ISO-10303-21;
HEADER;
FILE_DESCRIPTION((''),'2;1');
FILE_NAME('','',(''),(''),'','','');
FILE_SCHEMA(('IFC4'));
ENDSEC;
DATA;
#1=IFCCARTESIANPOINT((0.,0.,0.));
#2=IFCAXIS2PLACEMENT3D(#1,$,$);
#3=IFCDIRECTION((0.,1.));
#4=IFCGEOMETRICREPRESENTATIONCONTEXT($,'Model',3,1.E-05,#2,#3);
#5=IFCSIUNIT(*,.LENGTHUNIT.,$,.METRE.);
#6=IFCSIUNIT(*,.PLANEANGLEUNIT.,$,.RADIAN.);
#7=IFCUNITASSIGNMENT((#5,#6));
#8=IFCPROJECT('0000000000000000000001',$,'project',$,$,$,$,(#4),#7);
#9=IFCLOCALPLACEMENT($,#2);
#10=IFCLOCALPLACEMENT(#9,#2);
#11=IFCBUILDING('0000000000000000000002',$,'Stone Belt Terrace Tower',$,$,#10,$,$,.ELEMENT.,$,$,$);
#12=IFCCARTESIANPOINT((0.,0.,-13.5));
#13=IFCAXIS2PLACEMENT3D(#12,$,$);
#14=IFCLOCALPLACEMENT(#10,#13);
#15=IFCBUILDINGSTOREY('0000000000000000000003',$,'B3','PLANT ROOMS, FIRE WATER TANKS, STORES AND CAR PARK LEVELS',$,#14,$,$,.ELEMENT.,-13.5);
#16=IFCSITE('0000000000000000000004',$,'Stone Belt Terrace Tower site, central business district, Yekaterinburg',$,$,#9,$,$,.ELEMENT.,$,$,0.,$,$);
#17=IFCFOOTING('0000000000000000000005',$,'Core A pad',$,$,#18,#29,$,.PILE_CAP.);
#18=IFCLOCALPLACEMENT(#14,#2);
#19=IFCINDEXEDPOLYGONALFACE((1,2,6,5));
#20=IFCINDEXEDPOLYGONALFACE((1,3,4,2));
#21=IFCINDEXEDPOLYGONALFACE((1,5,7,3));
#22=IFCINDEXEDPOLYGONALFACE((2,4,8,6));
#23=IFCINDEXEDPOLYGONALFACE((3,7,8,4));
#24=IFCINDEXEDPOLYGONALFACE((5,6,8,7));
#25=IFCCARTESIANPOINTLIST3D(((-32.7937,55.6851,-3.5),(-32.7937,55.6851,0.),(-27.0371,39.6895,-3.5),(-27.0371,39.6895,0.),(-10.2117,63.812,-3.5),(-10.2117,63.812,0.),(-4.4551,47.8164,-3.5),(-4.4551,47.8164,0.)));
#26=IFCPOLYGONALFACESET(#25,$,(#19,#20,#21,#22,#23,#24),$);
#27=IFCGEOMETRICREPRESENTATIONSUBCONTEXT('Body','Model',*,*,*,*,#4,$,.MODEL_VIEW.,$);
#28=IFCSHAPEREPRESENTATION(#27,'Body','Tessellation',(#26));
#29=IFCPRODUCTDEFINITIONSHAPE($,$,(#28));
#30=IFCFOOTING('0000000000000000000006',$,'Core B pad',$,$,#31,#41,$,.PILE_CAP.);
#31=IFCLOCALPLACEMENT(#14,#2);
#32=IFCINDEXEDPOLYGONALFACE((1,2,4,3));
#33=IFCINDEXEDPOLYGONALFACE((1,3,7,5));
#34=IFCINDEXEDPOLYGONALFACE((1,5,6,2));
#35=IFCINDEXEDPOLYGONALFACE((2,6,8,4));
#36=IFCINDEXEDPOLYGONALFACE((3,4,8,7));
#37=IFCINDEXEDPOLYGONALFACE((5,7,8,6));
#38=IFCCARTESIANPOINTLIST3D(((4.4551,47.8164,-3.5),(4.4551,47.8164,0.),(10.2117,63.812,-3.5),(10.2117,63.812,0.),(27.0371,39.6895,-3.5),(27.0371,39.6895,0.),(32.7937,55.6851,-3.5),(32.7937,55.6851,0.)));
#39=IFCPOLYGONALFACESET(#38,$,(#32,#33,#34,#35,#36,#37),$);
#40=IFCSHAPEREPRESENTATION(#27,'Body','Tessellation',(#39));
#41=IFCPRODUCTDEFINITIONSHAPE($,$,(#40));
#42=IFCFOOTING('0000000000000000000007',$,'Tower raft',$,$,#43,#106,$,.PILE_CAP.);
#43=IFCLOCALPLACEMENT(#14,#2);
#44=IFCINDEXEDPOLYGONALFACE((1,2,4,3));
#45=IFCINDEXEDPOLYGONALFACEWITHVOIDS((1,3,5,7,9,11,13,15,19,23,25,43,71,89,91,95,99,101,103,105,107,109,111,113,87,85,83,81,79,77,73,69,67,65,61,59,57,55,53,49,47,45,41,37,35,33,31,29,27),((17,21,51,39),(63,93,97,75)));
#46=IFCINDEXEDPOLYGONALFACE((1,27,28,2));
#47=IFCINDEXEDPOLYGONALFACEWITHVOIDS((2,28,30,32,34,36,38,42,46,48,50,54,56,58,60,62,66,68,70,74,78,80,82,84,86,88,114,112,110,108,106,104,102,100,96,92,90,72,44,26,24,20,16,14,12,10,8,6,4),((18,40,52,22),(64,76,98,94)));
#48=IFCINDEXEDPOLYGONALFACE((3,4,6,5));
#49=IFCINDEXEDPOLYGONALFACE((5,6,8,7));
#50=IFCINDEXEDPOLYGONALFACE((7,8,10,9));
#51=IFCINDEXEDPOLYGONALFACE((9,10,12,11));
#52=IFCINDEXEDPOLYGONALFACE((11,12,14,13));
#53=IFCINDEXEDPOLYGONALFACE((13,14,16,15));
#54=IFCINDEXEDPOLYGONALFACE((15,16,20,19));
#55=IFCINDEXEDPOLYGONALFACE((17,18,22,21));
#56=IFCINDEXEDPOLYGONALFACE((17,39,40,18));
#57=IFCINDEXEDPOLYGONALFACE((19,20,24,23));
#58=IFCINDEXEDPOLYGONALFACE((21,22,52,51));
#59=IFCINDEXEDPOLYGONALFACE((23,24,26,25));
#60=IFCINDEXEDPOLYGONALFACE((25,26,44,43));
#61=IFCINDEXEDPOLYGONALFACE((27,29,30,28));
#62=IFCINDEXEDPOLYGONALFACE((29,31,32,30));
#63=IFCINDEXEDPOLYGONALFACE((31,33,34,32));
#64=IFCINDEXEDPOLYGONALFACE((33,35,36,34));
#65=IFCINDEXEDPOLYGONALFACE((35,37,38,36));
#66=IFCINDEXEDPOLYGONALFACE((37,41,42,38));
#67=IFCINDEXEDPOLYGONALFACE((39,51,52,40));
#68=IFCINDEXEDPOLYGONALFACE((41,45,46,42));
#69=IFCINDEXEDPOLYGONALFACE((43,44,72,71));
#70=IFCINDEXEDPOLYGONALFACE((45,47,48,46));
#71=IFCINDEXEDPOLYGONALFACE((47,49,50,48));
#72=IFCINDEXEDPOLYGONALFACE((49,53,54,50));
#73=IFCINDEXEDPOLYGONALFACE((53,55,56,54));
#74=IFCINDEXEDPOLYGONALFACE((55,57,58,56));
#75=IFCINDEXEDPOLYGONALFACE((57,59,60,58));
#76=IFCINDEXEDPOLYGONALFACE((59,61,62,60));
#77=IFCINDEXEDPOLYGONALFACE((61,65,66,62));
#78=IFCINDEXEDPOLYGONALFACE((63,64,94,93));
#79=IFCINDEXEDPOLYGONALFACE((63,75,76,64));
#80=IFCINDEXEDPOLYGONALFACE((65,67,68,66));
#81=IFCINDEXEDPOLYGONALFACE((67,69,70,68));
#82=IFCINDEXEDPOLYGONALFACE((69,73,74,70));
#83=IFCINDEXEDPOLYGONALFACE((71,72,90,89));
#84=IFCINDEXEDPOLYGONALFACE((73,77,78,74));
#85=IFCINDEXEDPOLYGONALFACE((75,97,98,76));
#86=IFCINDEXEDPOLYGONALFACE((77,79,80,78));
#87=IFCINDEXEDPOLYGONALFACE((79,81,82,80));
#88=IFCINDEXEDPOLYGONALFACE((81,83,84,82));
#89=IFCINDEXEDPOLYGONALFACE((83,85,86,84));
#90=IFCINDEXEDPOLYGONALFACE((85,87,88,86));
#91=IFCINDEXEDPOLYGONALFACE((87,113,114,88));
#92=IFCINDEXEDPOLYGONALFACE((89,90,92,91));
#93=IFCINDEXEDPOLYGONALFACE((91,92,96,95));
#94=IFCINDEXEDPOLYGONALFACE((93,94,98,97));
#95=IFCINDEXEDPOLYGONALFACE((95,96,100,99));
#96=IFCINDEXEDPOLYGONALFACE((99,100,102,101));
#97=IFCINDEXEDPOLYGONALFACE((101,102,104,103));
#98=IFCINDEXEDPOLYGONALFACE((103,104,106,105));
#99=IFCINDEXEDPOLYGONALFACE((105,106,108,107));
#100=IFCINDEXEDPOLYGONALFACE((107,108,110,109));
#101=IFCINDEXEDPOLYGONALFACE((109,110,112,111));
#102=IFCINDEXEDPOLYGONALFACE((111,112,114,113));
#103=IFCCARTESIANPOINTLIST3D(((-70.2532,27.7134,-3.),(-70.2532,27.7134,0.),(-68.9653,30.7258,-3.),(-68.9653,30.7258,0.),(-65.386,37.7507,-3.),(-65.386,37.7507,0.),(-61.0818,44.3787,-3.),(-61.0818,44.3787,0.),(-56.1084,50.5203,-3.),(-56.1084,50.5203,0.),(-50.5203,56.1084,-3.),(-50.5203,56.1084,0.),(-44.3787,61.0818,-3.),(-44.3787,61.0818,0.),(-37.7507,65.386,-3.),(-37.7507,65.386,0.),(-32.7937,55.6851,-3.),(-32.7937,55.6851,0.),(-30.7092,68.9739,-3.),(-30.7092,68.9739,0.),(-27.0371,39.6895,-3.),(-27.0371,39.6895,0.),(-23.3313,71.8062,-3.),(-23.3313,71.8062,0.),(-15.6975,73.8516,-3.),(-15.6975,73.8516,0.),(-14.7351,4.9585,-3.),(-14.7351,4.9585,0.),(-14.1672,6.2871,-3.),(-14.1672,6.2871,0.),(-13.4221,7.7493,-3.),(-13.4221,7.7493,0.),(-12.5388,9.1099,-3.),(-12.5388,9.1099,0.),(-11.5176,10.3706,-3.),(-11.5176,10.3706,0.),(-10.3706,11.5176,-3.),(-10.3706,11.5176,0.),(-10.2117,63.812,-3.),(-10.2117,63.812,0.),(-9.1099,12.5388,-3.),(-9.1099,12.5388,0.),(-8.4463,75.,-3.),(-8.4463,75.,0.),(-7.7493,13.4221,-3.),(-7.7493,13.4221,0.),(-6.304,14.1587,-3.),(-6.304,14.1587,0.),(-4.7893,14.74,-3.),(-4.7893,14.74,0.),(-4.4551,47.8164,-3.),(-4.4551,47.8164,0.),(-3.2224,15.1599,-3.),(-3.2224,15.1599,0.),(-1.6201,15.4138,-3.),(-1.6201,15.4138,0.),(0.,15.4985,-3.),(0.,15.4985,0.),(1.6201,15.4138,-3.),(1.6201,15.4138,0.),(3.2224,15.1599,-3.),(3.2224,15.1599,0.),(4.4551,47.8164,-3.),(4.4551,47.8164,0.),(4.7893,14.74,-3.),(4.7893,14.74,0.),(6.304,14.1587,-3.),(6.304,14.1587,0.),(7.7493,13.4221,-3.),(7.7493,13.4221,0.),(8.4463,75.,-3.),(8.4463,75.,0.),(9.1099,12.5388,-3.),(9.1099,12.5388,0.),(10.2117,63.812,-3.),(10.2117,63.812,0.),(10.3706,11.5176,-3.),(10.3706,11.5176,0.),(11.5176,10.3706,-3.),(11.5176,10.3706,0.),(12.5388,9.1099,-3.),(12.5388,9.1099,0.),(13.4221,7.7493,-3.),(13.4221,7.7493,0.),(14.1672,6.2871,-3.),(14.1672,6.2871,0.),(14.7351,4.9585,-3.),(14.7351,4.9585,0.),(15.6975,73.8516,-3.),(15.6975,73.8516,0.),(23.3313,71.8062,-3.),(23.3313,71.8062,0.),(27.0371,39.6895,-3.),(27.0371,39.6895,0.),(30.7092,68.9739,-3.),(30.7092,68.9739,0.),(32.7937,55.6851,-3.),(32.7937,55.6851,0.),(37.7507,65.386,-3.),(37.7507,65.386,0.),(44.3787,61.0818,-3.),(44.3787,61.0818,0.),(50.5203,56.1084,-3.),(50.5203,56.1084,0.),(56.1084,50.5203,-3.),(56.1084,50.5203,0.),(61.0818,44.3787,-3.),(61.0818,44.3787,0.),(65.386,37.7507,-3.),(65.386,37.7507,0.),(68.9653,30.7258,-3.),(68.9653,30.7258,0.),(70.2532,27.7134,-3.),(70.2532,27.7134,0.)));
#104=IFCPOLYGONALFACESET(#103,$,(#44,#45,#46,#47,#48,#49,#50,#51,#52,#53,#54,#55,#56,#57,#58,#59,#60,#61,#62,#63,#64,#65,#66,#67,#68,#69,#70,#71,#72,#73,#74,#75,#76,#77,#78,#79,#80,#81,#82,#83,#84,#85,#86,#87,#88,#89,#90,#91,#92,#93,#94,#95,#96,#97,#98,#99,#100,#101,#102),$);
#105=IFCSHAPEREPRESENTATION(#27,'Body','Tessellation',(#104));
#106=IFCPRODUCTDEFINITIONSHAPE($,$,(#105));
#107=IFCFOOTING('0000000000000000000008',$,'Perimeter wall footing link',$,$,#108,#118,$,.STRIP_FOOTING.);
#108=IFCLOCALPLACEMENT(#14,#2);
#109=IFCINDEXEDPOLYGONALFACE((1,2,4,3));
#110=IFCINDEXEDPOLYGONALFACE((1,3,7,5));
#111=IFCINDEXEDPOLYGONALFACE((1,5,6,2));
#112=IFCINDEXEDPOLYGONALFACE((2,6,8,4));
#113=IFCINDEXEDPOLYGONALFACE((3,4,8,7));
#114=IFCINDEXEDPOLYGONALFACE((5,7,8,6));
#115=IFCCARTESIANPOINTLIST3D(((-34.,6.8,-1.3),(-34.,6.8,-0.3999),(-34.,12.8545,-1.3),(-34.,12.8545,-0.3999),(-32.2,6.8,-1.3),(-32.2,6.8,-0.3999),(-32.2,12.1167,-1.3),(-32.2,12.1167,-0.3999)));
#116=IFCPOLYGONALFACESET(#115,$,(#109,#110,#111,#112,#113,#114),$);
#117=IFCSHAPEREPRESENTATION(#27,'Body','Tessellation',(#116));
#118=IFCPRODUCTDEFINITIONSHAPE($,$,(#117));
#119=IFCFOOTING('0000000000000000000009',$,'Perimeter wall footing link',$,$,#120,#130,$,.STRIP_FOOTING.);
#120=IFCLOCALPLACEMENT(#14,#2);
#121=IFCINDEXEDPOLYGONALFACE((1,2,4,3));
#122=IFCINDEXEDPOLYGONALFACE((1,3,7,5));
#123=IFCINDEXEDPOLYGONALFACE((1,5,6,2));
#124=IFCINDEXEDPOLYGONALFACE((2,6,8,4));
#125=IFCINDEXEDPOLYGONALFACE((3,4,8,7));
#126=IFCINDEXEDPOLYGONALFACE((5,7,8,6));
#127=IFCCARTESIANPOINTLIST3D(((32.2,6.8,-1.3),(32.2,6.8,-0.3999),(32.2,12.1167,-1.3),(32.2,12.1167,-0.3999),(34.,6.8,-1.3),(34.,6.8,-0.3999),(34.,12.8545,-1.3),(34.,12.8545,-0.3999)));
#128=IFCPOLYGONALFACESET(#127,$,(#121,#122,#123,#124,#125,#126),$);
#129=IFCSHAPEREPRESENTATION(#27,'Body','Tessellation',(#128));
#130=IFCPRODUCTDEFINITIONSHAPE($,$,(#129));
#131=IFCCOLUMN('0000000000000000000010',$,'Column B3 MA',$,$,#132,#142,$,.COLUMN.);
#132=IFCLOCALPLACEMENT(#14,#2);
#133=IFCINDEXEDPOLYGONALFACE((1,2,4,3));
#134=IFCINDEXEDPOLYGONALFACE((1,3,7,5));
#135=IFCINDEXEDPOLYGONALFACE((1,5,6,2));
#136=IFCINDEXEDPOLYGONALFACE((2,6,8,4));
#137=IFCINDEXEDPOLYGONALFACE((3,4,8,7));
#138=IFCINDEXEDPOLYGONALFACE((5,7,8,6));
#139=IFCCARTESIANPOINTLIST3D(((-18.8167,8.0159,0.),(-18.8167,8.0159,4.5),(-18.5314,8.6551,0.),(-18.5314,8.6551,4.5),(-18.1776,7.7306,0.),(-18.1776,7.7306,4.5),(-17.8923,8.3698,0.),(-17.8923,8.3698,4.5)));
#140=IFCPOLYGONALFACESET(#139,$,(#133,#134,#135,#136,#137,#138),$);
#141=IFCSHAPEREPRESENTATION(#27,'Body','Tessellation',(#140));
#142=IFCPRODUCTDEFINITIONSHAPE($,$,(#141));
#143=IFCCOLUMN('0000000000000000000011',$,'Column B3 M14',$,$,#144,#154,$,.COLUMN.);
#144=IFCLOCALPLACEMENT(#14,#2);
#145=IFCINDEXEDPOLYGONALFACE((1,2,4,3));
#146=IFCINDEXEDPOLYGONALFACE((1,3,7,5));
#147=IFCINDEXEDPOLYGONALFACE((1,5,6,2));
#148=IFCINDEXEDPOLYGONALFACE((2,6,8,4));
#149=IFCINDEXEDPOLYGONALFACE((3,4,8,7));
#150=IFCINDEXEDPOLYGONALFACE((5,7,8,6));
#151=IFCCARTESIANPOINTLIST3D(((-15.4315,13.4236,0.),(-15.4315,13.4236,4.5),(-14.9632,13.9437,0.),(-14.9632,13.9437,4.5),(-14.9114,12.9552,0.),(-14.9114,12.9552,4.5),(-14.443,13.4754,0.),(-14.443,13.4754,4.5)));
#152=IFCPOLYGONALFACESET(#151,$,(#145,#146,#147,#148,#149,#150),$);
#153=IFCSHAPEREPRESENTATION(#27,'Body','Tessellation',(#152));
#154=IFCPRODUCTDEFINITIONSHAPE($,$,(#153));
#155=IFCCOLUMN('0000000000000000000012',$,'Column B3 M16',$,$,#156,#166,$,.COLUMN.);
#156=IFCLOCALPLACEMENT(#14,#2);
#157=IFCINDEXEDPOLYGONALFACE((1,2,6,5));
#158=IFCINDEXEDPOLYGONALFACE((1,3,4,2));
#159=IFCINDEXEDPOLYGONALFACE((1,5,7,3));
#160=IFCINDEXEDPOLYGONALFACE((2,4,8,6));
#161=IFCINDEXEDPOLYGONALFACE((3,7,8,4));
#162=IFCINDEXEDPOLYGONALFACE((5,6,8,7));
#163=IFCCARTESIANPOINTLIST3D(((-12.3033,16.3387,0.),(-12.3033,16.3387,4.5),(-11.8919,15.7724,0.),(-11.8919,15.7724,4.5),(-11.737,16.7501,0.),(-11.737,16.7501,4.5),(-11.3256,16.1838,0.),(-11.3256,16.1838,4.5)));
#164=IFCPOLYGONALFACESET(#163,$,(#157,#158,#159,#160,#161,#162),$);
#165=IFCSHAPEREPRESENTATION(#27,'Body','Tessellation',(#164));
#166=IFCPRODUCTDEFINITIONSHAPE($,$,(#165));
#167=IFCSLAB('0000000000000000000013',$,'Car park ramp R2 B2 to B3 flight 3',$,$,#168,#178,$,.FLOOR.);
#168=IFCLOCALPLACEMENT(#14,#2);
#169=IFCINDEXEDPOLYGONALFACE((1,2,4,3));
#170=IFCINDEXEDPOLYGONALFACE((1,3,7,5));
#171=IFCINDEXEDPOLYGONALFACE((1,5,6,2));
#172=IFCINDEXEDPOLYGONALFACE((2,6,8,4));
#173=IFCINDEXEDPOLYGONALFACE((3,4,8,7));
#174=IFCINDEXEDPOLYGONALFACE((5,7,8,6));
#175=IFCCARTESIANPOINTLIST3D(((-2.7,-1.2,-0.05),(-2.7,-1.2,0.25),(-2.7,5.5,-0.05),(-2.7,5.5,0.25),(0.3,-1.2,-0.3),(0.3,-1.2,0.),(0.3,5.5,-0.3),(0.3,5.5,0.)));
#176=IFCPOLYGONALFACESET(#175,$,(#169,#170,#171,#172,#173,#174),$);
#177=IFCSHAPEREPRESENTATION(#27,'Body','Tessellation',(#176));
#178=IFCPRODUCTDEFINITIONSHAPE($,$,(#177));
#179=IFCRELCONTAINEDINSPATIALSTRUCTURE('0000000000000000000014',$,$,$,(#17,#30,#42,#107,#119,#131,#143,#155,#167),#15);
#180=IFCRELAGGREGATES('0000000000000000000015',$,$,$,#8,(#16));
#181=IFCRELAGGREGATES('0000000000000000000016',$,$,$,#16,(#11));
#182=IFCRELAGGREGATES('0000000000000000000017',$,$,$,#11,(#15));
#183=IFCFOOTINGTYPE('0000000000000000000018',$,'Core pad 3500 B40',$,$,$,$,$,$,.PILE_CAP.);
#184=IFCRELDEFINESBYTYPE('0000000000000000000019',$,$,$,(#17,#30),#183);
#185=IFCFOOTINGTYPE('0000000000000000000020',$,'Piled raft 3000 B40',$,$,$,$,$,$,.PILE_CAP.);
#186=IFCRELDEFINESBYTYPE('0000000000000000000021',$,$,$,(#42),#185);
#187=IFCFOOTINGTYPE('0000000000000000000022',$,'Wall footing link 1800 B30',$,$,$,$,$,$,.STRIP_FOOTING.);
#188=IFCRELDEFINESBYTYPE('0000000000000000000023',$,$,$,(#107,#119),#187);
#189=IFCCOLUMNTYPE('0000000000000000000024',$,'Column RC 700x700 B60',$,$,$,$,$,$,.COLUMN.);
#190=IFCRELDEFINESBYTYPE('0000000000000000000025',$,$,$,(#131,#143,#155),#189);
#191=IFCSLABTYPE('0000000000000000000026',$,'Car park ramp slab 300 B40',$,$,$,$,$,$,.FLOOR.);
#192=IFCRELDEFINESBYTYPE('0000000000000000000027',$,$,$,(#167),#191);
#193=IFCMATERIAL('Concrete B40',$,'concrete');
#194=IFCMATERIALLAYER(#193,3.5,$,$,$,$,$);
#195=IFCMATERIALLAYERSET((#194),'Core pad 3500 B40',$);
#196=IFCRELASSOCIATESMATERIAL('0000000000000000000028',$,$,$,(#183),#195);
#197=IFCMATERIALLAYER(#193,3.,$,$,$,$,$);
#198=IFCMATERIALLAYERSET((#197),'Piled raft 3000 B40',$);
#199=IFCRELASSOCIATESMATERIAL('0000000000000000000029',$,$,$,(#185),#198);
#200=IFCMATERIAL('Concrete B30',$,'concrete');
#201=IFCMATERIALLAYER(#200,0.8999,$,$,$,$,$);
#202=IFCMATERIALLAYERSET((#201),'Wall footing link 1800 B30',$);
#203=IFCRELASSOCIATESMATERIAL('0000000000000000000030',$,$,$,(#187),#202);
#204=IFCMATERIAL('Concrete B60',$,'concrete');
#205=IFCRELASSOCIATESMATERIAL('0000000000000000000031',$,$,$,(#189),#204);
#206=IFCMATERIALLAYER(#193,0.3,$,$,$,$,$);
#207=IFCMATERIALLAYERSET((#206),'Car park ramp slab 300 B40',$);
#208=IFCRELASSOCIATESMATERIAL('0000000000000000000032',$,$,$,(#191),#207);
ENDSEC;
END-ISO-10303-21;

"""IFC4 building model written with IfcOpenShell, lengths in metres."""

from ifc_helpers import new_model, si_unit, direction, frame, origin, origin_2d, place, context, subcontext, project, spatial, polyline, rectangle, outline, extrude, material, layer, layer_set, material_profile, profile_set, type_object, element, save


model = new_model("IFC4")

# Units and contexts
model_context = context("Model", 3, precision=1e-05, world=origin(), true_north=direction((0.0, 1.0)))
body_context = subcontext(model_context, "Body", "Model", "MODEL_VIEW")
ifc_project = project(units=[si_unit("LENGTHUNIT", "METRE"), si_unit("PLANEANGLEUNIT", "RADIAN")], contexts=[model_context])

# Site, building, storey
site_placement = place(None, origin())
site = spatial("IfcSite", under=ifc_project, at=site_placement, Name="Stone Belt Terrace Tower site, central business district, Yekaterinburg", CompositionType="ELEMENT", RefElevation=0.0)
building_placement = place(site_placement, origin())
building = spatial("IfcBuilding", under=site, at=building_placement, Name="Stone Belt Terrace Tower", CompositionType="ELEMENT")
storey_placement = place(building_placement, frame((0.0, 0.0, -13.5)))
storey = spatial("IfcBuildingStorey", under=building, at=storey_placement, Name="B3", Description="PLANT ROOMS, FIRE WATER TANKS, STORES AND CAR PARK LEVELS", CompositionType="ELEMENT", Elevation=-13.5)

# Shared definitions
ifc_material_1 = material(Name="Concrete B40", Category="concrete")

# Footings
ifc_layer_1 = layer(ifc_material_1, 3.5)
ifc_layer_set_1 = layer_set([ifc_layer_1], Name="Core pad 3500 B40")
footing_type_1 = type_object("IfcFootingType", Name="Core pad 3500 B40", PredefinedType="PILE_CAP", material=ifc_layer_set_1)
footing_1_placement = place(storey_placement, frame((0.0, 0.0, -3.5)))
element("IfcFooting", 1, at=footing_1_placement, inside=storey, type_object=footing_type_1, Name="Core A pad", PredefinedType="PILE_CAP", context=body_context, shape_type="SweptSolid", body=[
    extrude(outline(polyline([(-27.0371, 39.6895), (-4.4551, 47.8164), (-10.2117, 63.812), (-32.7937, 55.6851), (-27.0371, 39.6895)])), origin(), (0.0, 0.0, 1.0), 3.5),
])
footing_2_placement = place(storey_placement, frame((0.0, 0.0, -3.5)))
element("IfcFooting", 2, at=footing_2_placement, inside=storey, type_object=footing_type_1, Name="Core B pad", PredefinedType="PILE_CAP", context=body_context, shape_type="SweptSolid", body=[
    extrude(outline(polyline([(4.4551, 47.8164), (27.0371, 39.6895), (32.7937, 55.6851), (10.2117, 63.812), (4.4551, 47.8164)])), origin(), (0.0, 0.0, 1.0), 3.5),
])
ifc_layer_2 = layer(ifc_material_1, 3.0)
ifc_layer_set_2 = layer_set([ifc_layer_2], Name="Piled raft 3000 B40")
footing_type_2 = type_object("IfcFootingType", Name="Piled raft 3000 B40", PredefinedType="PILE_CAP", material=ifc_layer_set_2)
footing_3_placement = place(storey_placement, frame((0.0, 0.0, -3.0)))
element("IfcFooting", 3, at=footing_3_placement, inside=storey, type_object=footing_type_2, Name="Tower raft", PredefinedType="PILE_CAP", context=body_context, shape_type="SweptSolid", body=[
    extrude(outline(polyline([(15.6975, 73.8516), (23.3313, 71.8062), (30.7092, 68.9739), (37.7507, 65.386), (44.3787, 61.0818), (50.5203, 56.1084), (56.1084, 50.5203), (61.0818, 44.3787), (65.386, 37.7507), (68.9653, 30.7258), (70.2532, 27.7134), (14.7351, 4.9585), (14.1672, 6.2871), (13.4221, 7.7493), (12.5388, 9.1099), (11.5176, 10.3706), (10.3706, 11.5176), (9.1099, 12.5388), (7.7493, 13.4221), (6.304, 14.1587), (4.7893, 14.74), (3.2224, 15.1599), (1.6201, 15.4138), (0.0, 15.4985), (-1.6201, 15.4138), (-3.2224, 15.1599), (-4.7893, 14.74), (-6.304, 14.1587), (-7.7493, 13.4221), (-9.1099, 12.5388), (-10.3706, 11.5176), (-11.5176, 10.3706), (-12.5388, 9.1099), (-13.4221, 7.7493), (-14.1672, 6.2871), (-14.7351, 4.9585), (-70.2532, 27.7134), (-68.9653, 30.7258), (-65.386, 37.7507), (-61.0818, 44.3787), (-56.1084, 50.5203), (-50.5203, 56.1084), (-44.3787, 61.0818), (-37.7507, 65.386), (-30.7092, 68.9739), (-23.3313, 71.8062), (-15.6975, 73.8516), (-8.4463, 75.0), (8.4463, 75.0), (15.6975, 73.8516)]), holes=[polyline([(-27.0371, 39.6895), (-4.4551, 47.8164), (-10.2117, 63.812), (-32.7937, 55.6851), (-27.0371, 39.6895)]), polyline([(4.4551, 47.8164), (27.0371, 39.6895), (32.7937, 55.6851), (10.2117, 63.812), (4.4551, 47.8164)])]), origin(), (0.0, 0.0, 1.0), 3.0),
])
ifc_material_2 = material(Name="Concrete B30", Category="concrete")
ifc_layer_3 = layer(ifc_material_2, 0.8999)
ifc_layer_set_3 = layer_set([ifc_layer_3], Name="Wall footing link 1800 B30")
footing_type_3 = type_object("IfcFootingType", Name="Wall footing link 1800 B30", PredefinedType="STRIP_FOOTING", material=ifc_layer_set_3)
footing_4_placement = place(storey_placement, frame((0.0, 0.0, -1.3)))
element("IfcFooting", 4, at=footing_4_placement, inside=storey, type_object=footing_type_3, Name="Perimeter wall footing link", PredefinedType="STRIP_FOOTING", context=body_context, shape_type="SweptSolid", body=[
    extrude(outline(polyline([(-32.2, 6.8), (-34.0, 6.8), (-34.0, 12.8545), (-32.2, 12.1167), (-32.2, 6.8)])), origin(), (0.0, 0.0, 1.0), 0.9001),
])
footing_5_placement = place(storey_placement, frame((0.0, 0.0, -1.3)))
element("IfcFooting", 5, at=footing_5_placement, inside=storey, type_object=footing_type_3, Name="Perimeter wall footing link", PredefinedType="STRIP_FOOTING", context=body_context, shape_type="SweptSolid", body=[
    extrude(outline(polyline([(34.0, 6.8), (32.2, 6.8), (32.2, 12.1167), (34.0, 12.8545), (34.0, 6.8)])), origin(), (0.0, 0.0, 1.0), 0.9001),
])

# Columns
ifc_material_3 = material(Name="Concrete B60", Category="concrete")
ifc_material_profile_1 = material_profile(ifc_material_3, rectangle(XDim=0.7, YDim=0.7, at=origin_2d()), Name="RC 700x700")
ifc_profile_set_1 = profile_set([ifc_material_profile_1], Name="Concrete B60")
column_type = type_object("IfcColumnType", Name="Column RC 700x700 B60", PredefinedType="COLUMN", material=ifc_profile_set_1)
for number, where, z_axis, x_axis, name in (
    (6, (-18.3545, 8.1929, 0.0), (0.0, 0.0, 1.0), (0.407599, 0.913161, 0.0), "Column B3 MA"),
    (7, (-14.9373, 13.4495, 0.0), (0.0, 0.0, 1.0), (0.669131, 0.743145, 0.0), "Column B3 M14"),
    (8, (-11.8145, 16.2612, 0.0), (0.0, 0.0, 1.0), (0.809017, 0.587785, 0.0), "Column B3 M16"),
):
    element("IfcColumn", number, at=place(storey_placement, frame(where, z_axis=z_axis, x_axis=x_axis)), inside=storey, type_object=column_type, Name=name, PredefinedType="COLUMN", context=body_context, shape_type="SweptSolid", body=[
        extrude(rectangle(XDim=0.7, YDim=0.7, at=origin_2d()), origin(), (0.0, 0.0, 1.0), 4.5),
    ])

# Slab
ifc_layer_4 = layer(ifc_material_1, 0.3)
ifc_layer_set_4 = layer_set([ifc_layer_4], Name="Car park ramp slab 300 B40")
slab_type_1 = type_object("IfcSlabType", Name="Car park ramp slab 300 B40", PredefinedType="FLOOR", material=ifc_layer_set_4)
slab_1_placement = place(storey_placement, frame((-2.7, -1.2, -0.05), z_axis=(0.0, -1.0, 0.0), x_axis=(0.996546, 0.0, -0.083045)))
element("IfcSlab", 9, at=slab_1_placement, inside=storey, type_object=slab_type_1, Name="Car park ramp R2 B2 to B3 flight 3", PredefinedType="FLOOR", context=body_context, shape_type="SweptSolid", body=[
    extrude(outline(polyline([(0.0, 0.0), (3.0104, 0.0), (2.9855, 0.299), (-0.0249, 0.299), (0.0, 0.0)])), origin(), (0.0, 0.0, -1.0), 6.7),
])

save(model, "model.ifc")
